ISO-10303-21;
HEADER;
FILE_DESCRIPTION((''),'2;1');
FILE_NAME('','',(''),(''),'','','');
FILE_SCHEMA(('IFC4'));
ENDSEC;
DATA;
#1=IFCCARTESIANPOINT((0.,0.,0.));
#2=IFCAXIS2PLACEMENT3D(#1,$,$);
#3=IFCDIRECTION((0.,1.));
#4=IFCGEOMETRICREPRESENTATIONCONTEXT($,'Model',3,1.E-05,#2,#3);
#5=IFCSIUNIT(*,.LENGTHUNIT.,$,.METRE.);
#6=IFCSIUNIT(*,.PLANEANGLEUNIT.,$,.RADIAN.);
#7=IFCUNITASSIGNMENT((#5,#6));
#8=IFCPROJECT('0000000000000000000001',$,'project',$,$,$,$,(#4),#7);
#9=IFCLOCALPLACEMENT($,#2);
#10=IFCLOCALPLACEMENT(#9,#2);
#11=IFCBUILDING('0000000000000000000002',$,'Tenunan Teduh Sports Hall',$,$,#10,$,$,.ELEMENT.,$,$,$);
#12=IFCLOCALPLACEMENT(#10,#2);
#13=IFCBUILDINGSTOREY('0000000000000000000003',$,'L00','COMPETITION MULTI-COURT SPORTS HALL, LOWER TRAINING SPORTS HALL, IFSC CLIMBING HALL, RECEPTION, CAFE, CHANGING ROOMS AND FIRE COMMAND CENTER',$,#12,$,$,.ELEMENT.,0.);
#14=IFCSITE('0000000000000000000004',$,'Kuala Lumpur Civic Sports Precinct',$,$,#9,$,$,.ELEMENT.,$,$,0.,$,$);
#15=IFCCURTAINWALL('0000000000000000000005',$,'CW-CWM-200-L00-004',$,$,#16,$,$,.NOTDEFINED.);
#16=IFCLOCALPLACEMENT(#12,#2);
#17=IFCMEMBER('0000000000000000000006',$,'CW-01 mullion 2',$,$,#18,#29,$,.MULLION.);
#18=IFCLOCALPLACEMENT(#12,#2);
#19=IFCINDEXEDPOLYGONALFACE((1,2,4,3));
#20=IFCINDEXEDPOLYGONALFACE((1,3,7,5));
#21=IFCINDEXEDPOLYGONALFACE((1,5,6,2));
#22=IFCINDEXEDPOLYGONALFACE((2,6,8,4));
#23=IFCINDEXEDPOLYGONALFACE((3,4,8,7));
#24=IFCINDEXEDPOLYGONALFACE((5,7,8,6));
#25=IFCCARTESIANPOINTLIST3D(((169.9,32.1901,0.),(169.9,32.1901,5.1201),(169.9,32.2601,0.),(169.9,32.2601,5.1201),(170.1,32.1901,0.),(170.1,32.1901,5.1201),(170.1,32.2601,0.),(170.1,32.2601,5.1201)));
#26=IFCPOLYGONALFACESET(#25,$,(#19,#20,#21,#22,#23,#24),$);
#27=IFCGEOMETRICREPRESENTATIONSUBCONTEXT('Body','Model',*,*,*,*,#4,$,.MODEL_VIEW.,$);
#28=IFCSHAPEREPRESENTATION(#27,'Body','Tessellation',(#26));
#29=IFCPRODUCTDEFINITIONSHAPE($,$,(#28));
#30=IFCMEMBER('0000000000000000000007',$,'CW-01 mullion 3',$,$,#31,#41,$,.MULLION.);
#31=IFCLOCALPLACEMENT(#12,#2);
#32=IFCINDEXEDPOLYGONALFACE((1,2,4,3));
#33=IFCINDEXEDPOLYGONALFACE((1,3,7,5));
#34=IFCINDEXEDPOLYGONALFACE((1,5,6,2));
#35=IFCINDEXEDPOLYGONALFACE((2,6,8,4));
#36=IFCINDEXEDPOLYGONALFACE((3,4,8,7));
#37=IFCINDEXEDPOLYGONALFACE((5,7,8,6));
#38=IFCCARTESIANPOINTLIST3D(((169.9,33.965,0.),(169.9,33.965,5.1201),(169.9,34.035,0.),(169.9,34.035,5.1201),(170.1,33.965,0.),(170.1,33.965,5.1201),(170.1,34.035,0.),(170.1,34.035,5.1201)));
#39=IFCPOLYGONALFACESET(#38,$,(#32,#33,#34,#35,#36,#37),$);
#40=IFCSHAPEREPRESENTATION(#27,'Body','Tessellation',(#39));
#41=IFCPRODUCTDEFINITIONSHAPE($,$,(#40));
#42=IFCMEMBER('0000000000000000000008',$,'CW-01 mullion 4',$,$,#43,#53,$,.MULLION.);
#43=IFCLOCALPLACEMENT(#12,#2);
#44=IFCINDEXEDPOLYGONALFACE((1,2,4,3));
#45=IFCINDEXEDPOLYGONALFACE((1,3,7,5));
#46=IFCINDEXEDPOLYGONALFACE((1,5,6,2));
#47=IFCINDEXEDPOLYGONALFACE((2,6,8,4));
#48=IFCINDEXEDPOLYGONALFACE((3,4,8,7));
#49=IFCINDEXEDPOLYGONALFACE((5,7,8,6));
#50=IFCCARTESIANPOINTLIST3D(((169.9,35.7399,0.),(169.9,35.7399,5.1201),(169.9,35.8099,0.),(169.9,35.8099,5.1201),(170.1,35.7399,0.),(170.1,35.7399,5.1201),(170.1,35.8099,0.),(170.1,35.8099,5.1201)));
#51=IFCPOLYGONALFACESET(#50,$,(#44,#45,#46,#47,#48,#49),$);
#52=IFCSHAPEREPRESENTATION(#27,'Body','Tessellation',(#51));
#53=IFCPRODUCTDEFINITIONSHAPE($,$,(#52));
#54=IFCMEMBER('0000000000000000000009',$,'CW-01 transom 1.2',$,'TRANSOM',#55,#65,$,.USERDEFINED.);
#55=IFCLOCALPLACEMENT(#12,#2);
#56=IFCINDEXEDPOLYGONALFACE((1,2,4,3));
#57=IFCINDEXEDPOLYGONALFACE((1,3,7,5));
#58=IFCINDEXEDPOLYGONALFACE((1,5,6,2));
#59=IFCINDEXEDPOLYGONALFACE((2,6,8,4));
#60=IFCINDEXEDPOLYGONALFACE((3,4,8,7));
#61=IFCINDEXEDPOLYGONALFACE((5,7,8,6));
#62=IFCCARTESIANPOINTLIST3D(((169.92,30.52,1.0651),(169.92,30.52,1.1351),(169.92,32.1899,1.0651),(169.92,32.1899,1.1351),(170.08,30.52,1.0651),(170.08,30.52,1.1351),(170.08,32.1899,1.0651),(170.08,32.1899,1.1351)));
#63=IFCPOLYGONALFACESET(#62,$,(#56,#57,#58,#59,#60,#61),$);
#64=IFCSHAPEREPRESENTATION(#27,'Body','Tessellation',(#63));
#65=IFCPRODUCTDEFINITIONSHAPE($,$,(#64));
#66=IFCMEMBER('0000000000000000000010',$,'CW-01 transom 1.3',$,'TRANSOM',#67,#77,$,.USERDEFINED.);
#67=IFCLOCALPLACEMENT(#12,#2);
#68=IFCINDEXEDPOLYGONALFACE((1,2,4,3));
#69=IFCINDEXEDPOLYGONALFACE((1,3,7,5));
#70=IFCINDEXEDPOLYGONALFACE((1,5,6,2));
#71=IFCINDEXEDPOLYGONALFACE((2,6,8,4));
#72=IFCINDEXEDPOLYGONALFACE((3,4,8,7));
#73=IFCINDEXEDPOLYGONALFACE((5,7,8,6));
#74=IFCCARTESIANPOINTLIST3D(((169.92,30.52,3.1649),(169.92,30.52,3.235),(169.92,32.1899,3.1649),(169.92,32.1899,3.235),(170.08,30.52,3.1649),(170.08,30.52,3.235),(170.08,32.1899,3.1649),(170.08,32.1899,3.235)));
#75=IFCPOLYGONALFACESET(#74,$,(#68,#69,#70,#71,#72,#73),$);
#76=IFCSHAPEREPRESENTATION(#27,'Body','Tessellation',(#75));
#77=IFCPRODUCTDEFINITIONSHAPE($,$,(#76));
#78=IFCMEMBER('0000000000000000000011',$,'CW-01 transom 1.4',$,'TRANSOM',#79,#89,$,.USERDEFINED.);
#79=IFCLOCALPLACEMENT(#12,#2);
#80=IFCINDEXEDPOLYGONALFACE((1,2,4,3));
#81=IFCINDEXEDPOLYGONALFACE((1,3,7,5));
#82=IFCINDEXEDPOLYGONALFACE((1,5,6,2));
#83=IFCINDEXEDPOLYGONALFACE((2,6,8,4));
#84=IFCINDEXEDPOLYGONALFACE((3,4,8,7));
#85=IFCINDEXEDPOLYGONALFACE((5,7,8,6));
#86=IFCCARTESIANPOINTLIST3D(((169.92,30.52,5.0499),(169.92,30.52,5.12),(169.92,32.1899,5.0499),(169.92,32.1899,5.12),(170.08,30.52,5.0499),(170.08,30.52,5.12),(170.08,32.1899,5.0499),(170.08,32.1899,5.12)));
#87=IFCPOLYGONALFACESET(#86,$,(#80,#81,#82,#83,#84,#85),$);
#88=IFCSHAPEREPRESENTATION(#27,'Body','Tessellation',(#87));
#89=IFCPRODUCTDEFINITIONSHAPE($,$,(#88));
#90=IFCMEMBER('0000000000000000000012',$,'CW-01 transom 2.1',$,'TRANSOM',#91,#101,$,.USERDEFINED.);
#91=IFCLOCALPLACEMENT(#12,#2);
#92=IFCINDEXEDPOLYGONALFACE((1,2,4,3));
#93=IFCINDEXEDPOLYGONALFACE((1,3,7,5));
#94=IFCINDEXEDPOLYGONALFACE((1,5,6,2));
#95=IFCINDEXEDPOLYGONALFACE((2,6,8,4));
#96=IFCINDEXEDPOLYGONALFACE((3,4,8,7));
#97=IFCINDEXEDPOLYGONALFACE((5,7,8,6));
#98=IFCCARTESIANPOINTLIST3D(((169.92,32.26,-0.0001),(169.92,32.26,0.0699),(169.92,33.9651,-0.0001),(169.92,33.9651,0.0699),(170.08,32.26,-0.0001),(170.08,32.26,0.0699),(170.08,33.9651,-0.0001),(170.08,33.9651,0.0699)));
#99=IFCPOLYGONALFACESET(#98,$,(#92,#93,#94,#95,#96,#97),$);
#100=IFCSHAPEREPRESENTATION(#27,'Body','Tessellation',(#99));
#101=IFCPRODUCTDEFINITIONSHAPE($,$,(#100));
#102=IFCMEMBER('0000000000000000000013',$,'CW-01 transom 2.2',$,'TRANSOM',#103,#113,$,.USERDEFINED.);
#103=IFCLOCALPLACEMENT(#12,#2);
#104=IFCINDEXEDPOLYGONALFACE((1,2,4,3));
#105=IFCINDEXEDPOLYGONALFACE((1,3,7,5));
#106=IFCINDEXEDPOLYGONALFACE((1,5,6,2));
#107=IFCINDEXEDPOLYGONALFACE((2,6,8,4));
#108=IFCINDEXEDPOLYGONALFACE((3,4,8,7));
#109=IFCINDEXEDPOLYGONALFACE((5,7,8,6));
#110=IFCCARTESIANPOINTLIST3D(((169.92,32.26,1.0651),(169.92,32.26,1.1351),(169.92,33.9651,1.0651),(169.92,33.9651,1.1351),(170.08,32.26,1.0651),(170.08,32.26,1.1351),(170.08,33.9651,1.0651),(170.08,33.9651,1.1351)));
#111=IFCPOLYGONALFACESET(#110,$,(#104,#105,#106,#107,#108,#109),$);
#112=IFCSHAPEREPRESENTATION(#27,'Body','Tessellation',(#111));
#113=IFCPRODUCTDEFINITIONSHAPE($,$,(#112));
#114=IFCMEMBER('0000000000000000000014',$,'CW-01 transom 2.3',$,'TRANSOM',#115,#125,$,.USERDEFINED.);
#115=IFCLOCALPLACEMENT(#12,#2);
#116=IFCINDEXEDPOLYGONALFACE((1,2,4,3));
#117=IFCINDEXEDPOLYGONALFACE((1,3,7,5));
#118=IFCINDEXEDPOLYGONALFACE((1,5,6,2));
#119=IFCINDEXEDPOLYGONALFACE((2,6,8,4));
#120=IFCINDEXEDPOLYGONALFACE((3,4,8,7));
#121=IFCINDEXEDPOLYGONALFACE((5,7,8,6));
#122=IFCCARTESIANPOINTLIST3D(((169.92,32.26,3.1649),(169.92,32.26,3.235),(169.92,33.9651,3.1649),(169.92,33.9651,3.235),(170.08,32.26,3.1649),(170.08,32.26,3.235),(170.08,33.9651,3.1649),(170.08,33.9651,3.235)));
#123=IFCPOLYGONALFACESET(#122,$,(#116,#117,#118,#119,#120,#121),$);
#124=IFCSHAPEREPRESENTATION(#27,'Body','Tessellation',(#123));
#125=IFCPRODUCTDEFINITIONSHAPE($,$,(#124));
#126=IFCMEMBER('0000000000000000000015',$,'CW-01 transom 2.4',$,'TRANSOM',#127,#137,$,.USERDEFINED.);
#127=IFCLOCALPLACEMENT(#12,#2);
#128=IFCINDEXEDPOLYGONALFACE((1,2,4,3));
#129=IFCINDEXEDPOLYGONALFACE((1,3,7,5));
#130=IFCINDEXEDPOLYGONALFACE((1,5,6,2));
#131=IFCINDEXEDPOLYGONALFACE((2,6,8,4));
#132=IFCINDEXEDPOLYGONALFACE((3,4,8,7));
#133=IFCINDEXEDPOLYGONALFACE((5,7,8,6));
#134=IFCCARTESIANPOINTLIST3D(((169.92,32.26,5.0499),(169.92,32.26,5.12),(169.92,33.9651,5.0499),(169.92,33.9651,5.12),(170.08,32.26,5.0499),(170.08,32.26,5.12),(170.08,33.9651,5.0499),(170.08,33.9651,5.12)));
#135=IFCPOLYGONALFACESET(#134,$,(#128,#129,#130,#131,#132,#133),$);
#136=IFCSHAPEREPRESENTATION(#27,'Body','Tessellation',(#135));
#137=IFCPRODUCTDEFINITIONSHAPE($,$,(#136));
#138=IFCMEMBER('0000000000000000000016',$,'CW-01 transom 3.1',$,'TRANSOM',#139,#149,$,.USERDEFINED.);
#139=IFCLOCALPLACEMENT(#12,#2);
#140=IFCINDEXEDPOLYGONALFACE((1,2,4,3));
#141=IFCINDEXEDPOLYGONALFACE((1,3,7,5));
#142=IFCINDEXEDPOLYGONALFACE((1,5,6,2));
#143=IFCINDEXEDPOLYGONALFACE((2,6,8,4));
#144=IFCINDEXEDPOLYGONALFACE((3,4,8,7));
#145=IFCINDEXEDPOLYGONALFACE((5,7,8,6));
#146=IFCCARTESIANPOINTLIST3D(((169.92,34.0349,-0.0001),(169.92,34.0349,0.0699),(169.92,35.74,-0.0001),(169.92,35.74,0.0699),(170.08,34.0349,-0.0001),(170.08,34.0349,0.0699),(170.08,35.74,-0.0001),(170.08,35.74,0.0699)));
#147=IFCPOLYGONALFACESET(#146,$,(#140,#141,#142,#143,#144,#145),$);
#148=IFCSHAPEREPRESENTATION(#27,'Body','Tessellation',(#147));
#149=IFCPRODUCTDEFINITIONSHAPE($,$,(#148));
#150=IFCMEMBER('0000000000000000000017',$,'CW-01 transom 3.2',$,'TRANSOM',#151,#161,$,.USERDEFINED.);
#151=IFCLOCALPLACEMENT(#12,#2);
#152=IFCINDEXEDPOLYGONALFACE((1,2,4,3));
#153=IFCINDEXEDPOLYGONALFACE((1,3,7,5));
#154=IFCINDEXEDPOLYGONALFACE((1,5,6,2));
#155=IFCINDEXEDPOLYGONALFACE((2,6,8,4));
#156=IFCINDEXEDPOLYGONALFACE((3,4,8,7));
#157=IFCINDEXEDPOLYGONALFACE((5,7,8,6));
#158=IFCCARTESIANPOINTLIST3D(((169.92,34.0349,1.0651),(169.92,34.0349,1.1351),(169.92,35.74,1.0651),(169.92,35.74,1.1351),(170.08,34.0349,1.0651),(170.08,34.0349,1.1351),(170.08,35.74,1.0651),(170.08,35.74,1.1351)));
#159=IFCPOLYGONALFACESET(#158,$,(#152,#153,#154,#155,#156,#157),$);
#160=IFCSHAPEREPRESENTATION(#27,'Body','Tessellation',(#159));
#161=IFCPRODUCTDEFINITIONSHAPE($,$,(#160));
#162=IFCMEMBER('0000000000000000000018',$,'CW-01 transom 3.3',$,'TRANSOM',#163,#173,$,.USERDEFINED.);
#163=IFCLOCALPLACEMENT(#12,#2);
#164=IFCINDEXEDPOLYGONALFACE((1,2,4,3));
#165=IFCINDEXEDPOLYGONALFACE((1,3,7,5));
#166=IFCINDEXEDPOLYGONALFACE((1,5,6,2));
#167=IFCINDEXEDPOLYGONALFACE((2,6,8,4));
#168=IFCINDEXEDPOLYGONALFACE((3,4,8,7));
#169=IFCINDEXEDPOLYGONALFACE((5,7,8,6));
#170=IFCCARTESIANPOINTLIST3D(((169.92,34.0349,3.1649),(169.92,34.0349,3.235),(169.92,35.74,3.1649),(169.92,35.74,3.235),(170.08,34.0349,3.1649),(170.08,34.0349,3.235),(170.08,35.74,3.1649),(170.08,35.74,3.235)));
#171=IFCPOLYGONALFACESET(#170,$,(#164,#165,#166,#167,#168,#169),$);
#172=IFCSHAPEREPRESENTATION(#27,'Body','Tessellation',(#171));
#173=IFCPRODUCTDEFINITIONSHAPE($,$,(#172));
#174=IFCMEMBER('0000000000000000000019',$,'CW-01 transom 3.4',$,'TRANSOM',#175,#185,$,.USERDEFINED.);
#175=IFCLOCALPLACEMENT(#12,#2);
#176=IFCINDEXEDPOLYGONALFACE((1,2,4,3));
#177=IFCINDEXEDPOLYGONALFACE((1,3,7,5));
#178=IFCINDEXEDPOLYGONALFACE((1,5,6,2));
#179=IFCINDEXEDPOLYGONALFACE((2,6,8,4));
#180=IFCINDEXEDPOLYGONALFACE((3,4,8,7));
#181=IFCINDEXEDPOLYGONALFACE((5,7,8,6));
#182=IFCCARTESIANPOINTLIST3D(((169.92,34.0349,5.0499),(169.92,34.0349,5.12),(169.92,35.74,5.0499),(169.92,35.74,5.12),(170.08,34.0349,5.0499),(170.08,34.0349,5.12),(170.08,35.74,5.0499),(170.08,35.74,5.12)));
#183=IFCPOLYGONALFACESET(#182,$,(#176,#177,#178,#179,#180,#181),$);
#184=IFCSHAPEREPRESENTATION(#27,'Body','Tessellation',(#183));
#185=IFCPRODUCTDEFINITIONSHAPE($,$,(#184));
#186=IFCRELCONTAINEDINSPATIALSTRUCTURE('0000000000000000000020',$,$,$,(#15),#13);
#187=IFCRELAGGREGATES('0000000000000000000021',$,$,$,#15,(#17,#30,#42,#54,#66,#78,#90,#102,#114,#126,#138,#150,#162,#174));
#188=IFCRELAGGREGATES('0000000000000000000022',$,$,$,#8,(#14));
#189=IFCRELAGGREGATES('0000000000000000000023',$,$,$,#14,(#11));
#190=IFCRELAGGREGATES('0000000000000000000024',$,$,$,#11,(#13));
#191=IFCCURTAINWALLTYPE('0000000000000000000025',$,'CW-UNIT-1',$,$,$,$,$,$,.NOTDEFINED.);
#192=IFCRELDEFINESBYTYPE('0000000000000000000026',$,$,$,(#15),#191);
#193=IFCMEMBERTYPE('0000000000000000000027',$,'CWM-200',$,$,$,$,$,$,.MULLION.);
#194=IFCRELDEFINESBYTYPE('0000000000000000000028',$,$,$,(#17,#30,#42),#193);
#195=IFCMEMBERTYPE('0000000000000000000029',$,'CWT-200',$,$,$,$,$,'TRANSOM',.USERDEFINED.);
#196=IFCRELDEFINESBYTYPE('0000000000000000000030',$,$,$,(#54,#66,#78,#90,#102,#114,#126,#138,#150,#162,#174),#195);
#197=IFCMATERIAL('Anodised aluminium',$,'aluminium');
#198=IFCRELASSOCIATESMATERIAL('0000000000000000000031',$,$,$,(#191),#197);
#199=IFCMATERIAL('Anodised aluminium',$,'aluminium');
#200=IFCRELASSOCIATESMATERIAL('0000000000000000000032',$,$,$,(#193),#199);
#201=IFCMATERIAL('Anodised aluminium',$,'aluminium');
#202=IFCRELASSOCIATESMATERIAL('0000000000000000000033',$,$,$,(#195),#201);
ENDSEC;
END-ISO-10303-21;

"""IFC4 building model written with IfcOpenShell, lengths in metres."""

from ifc_helpers import new_model, si_unit, direction, frame, origin, origin_2d, place, context, subcontext, project, spatial, rectangle, extrude, material, material_profile, profile_set, type_object, element, aggregate, save


model = new_model("IFC4")

# Units and contexts
model_context = context("Model", 3, precision=1e-05, world=origin(), true_north=direction((0.0, 1.0)))
body_context = subcontext(model_context, "Body", "Model", "MODEL_VIEW")
ifc_project = project(units=[si_unit("LENGTHUNIT", "METRE"), si_unit("PLANEANGLEUNIT", "RADIAN")], contexts=[model_context])

# Site, building, storey
site_placement = place(None, origin())
site = spatial("IfcSite", under=ifc_project, at=site_placement, Name="Kuala Lumpur Civic Sports Precinct", CompositionType="ELEMENT", RefElevation=0.0)
building_placement = place(site_placement, origin())
building = spatial("IfcBuilding", under=site, at=building_placement, Name="Tenunan Teduh Sports Hall", CompositionType="ELEMENT")
storey_placement = place(building_placement, origin())
storey = spatial("IfcBuildingStorey", under=building, at=storey_placement, Name="L00", Description="COMPETITION MULTI-COURT SPORTS HALL, LOWER TRAINING SPORTS HALL, IFSC CLIMBING HALL, RECEPTION, CAFE, CHANGING ROOMS AND FIRE COMMAND CENTER", CompositionType="ELEMENT", Elevation=0.0)

# Curtain wall, members
ifc_material_1 = material(Name="Anodised aluminium", Category="aluminium")
curtain_wall_type = type_object("IfcCurtainWallType", Name="CW-UNIT-1", PredefinedType="NOTDEFINED", material=ifc_material_1)
curtain_wall_placement = place(storey_placement, origin())
curtain_wall = element("IfcCurtainWall", 1, at=curtain_wall_placement, inside=storey, type_object=curtain_wall_type, Name="CW-CWM-200-L00-004", PredefinedType="NOTDEFINED")
ifc_material_2 = material(Name="Anodised aluminium", Category="aluminium")
ifc_material_profile_1 = material_profile(ifc_material_2, rectangle(XDim=0.0701, YDim=0.2, at=origin_2d()), Name="CWM 70x200")
ifc_profile_set_1 = profile_set([ifc_material_profile_1], Name="Anodised aluminium")
member_type_1 = type_object("IfcMemberType", Name="CWM-200", PredefinedType="MULLION", material=ifc_profile_set_1)
member_1_placement = place(storey_placement, frame((170.0, 32.2251, 0.0), z_axis=(0.0, 0.0, 1.0), x_axis=(0.0, 1.0, 0.0)))
member_1 = element("IfcMember", 2, at=member_1_placement, type_object=member_type_1, Name="CW-01 mullion 2", PredefinedType="MULLION", context=body_context, shape_type="SweptSolid", body=[
    extrude(rectangle(XDim=0.0701, YDim=0.2, at=origin_2d()), origin(), (0.0, 0.0, 1.0), 5.1201),
])
member_2_placement = place(storey_placement, frame((170.0, 34.0, 0.0), z_axis=(0.0, 0.0, 1.0), x_axis=(0.0, 1.0, 0.0)))
member_2 = element("IfcMember", 3, at=member_2_placement, type_object=member_type_1, Name="CW-01 mullion 3", PredefinedType="MULLION", context=body_context, shape_type="SweptSolid", body=[
    extrude(rectangle(XDim=0.0701, YDim=0.2, at=origin_2d()), origin(), (0.0, 0.0, 1.0), 5.1201),
])
member_3_placement = place(storey_placement, frame((170.0, 35.7749, 0.0), z_axis=(0.0, 0.0, 1.0), x_axis=(0.0, 1.0, 0.0)))
member_3 = element("IfcMember", 4, at=member_3_placement, type_object=member_type_1, Name="CW-01 mullion 4", PredefinedType="MULLION", context=body_context, shape_type="SweptSolid", body=[
    extrude(rectangle(XDim=0.0701, YDim=0.2, at=origin_2d()), origin(), (0.0, 0.0, 1.0), 5.1201),
])
ifc_material_3 = material(Name="Anodised aluminium", Category="aluminium")
ifc_material_profile_2 = material_profile(ifc_material_3, rectangle(XDim=0.0701, YDim=0.1599, at=origin_2d()), Name="CWT 70x160")
ifc_profile_set_2 = profile_set([ifc_material_profile_2], Name="Anodised aluminium")
member_type_2 = type_object("IfcMemberType", Name="CWT-200", ElementType="TRANSOM", PredefinedType="USERDEFINED", material=ifc_profile_set_2)
member_4_placement = place(storey_placement, frame((170.0, 30.52, 1.1001), z_axis=(0.0, 1.0, 0.0), x_axis=(0.0, 0.0, 1.0)))
member_4 = element("IfcMember", 5, at=member_4_placement, type_object=member_type_2, Name="CW-01 transom 1.2", ObjectType="TRANSOM", PredefinedType="USERDEFINED", context=body_context, shape_type="SweptSolid", body=[
    extrude(rectangle(XDim=0.0701, YDim=0.1599, at=origin_2d()), origin(), (0.0, 0.0, 1.0), 1.6699),
])
member_5_placement = place(storey_placement, frame((170.0, 30.52, 3.2), z_axis=(0.0, 1.0, 0.0), x_axis=(0.0, 0.0, 1.0)))
member_5 = element("IfcMember", 6, at=member_5_placement, type_object=member_type_2, Name="CW-01 transom 1.3", ObjectType="TRANSOM", PredefinedType="USERDEFINED", context=body_context, shape_type="SweptSolid", body=[
    extrude(rectangle(XDim=0.0701, YDim=0.1599, at=origin_2d()), origin(), (0.0, 0.0, 1.0), 1.6699),
])
member_6_placement = place(storey_placement, frame((170.0, 30.52, 5.085), z_axis=(0.0, 1.0, 0.0), x_axis=(0.0, 0.0, 1.0)))
member_6 = element("IfcMember", 7, at=member_6_placement, type_object=member_type_2, Name="CW-01 transom 1.4", ObjectType="TRANSOM", PredefinedType="USERDEFINED", context=body_context, shape_type="SweptSolid", body=[
    extrude(rectangle(XDim=0.0701, YDim=0.1599, at=origin_2d()), origin(), (0.0, 0.0, 1.0), 1.6699),
])
member_7_placement = place(storey_placement, frame((170.0, 32.26, 0.0349), z_axis=(0.0, 1.0, 0.0), x_axis=(0.0, 0.0, 1.0)))
member_7 = element("IfcMember", 8, at=member_7_placement, type_object=member_type_2, Name="CW-01 transom 2.1", ObjectType="TRANSOM", PredefinedType="USERDEFINED", context=body_context, shape_type="SweptSolid", body=[
    extrude(rectangle(XDim=0.0701, YDim=0.1599, at=origin_2d()), origin(), (0.0, 0.0, 1.0), 1.7051),
])
member_8_placement = place(storey_placement, frame((170.0, 32.26, 1.1001), z_axis=(0.0, 1.0, 0.0), x_axis=(0.0, 0.0, 1.0)))
member_8 = element("IfcMember", 9, at=member_8_placement, type_object=member_type_2, Name="CW-01 transom 2.2", ObjectType="TRANSOM", PredefinedType="USERDEFINED", context=body_context, shape_type="SweptSolid", body=[
    extrude(rectangle(XDim=0.0701, YDim=0.1599, at=origin_2d()), origin(), (0.0, 0.0, 1.0), 1.7051),
])
member_9_placement = place(storey_placement, frame((170.0, 32.26, 3.2), z_axis=(0.0, 1.0, 0.0), x_axis=(0.0, 0.0, 1.0)))
member_9 = element("IfcMember", 10, at=member_9_placement, type_object=member_type_2, Name="CW-01 transom 2.3", ObjectType="TRANSOM", PredefinedType="USERDEFINED", context=body_context, shape_type="SweptSolid", body=[
    extrude(rectangle(XDim=0.0701, YDim=0.1599, at=origin_2d()), origin(), (0.0, 0.0, 1.0), 1.7051),
])
member_10_placement = place(storey_placement, frame((170.0, 32.26, 5.085), z_axis=(0.0, 1.0, 0.0), x_axis=(0.0, 0.0, 1.0)))
member_10 = element("IfcMember", 11, at=member_10_placement, type_object=member_type_2, Name="CW-01 transom 2.4", ObjectType="TRANSOM", PredefinedType="USERDEFINED", context=body_context, shape_type="SweptSolid", body=[
    extrude(rectangle(XDim=0.0701, YDim=0.1599, at=origin_2d()), origin(), (0.0, 0.0, 1.0), 1.7051),
])
member_11_placement = place(storey_placement, frame((170.0, 34.0349, 0.0349), z_axis=(0.0, 1.0, 0.0), x_axis=(0.0, 0.0, 1.0)))
member_11 = element("IfcMember", 12, at=member_11_placement, type_object=member_type_2, Name="CW-01 transom 3.1", ObjectType="TRANSOM", PredefinedType="USERDEFINED", context=body_context, shape_type="SweptSolid", body=[
    extrude(rectangle(XDim=0.0701, YDim=0.1599, at=origin_2d()), origin(), (0.0, 0.0, 1.0), 1.7051),
])
member_12_placement = place(storey_placement, frame((170.0, 34.0349, 1.1001), z_axis=(0.0, 1.0, 0.0), x_axis=(0.0, 0.0, 1.0)))
member_12 = element("IfcMember", 13, at=member_12_placement, type_object=member_type_2, Name="CW-01 transom 3.2", ObjectType="TRANSOM", PredefinedType="USERDEFINED", context=body_context, shape_type="SweptSolid", body=[
    extrude(rectangle(XDim=0.0701, YDim=0.1599, at=origin_2d()), origin(), (0.0, 0.0, 1.0), 1.7051),
])
member_13_placement = place(storey_placement, frame((170.0, 34.0349, 3.2), z_axis=(0.0, 1.0, 0.0), x_axis=(0.0, 0.0, 1.0)))
member_13 = element("IfcMember", 14, at=member_13_placement, type_object=member_type_2, Name="CW-01 transom 3.3", ObjectType="TRANSOM", PredefinedType="USERDEFINED", context=body_context, shape_type="SweptSolid", body=[
    extrude(rectangle(XDim=0.0701, YDim=0.1599, at=origin_2d()), origin(), (0.0, 0.0, 1.0), 1.7051),
])
member_14_placement = place(storey_placement, frame((170.0, 34.0349, 5.085), z_axis=(0.0, 1.0, 0.0), x_axis=(0.0, 0.0, 1.0)))
member_14 = element("IfcMember", 15, at=member_14_placement, type_object=member_type_2, Name="CW-01 transom 3.4", ObjectType="TRANSOM", PredefinedType="USERDEFINED", context=body_context, shape_type="SweptSolid", body=[
    extrude(rectangle(XDim=0.0701, YDim=0.1599, at=origin_2d()), origin(), (0.0, 0.0, 1.0), 1.7051),
])
aggregate(curtain_wall, [member_1, member_2, member_3, member_4, member_5, member_6, member_7, member_8, member_9, member_10, member_11, member_12, member_13, member_14])

save(model, "model.ifc")
